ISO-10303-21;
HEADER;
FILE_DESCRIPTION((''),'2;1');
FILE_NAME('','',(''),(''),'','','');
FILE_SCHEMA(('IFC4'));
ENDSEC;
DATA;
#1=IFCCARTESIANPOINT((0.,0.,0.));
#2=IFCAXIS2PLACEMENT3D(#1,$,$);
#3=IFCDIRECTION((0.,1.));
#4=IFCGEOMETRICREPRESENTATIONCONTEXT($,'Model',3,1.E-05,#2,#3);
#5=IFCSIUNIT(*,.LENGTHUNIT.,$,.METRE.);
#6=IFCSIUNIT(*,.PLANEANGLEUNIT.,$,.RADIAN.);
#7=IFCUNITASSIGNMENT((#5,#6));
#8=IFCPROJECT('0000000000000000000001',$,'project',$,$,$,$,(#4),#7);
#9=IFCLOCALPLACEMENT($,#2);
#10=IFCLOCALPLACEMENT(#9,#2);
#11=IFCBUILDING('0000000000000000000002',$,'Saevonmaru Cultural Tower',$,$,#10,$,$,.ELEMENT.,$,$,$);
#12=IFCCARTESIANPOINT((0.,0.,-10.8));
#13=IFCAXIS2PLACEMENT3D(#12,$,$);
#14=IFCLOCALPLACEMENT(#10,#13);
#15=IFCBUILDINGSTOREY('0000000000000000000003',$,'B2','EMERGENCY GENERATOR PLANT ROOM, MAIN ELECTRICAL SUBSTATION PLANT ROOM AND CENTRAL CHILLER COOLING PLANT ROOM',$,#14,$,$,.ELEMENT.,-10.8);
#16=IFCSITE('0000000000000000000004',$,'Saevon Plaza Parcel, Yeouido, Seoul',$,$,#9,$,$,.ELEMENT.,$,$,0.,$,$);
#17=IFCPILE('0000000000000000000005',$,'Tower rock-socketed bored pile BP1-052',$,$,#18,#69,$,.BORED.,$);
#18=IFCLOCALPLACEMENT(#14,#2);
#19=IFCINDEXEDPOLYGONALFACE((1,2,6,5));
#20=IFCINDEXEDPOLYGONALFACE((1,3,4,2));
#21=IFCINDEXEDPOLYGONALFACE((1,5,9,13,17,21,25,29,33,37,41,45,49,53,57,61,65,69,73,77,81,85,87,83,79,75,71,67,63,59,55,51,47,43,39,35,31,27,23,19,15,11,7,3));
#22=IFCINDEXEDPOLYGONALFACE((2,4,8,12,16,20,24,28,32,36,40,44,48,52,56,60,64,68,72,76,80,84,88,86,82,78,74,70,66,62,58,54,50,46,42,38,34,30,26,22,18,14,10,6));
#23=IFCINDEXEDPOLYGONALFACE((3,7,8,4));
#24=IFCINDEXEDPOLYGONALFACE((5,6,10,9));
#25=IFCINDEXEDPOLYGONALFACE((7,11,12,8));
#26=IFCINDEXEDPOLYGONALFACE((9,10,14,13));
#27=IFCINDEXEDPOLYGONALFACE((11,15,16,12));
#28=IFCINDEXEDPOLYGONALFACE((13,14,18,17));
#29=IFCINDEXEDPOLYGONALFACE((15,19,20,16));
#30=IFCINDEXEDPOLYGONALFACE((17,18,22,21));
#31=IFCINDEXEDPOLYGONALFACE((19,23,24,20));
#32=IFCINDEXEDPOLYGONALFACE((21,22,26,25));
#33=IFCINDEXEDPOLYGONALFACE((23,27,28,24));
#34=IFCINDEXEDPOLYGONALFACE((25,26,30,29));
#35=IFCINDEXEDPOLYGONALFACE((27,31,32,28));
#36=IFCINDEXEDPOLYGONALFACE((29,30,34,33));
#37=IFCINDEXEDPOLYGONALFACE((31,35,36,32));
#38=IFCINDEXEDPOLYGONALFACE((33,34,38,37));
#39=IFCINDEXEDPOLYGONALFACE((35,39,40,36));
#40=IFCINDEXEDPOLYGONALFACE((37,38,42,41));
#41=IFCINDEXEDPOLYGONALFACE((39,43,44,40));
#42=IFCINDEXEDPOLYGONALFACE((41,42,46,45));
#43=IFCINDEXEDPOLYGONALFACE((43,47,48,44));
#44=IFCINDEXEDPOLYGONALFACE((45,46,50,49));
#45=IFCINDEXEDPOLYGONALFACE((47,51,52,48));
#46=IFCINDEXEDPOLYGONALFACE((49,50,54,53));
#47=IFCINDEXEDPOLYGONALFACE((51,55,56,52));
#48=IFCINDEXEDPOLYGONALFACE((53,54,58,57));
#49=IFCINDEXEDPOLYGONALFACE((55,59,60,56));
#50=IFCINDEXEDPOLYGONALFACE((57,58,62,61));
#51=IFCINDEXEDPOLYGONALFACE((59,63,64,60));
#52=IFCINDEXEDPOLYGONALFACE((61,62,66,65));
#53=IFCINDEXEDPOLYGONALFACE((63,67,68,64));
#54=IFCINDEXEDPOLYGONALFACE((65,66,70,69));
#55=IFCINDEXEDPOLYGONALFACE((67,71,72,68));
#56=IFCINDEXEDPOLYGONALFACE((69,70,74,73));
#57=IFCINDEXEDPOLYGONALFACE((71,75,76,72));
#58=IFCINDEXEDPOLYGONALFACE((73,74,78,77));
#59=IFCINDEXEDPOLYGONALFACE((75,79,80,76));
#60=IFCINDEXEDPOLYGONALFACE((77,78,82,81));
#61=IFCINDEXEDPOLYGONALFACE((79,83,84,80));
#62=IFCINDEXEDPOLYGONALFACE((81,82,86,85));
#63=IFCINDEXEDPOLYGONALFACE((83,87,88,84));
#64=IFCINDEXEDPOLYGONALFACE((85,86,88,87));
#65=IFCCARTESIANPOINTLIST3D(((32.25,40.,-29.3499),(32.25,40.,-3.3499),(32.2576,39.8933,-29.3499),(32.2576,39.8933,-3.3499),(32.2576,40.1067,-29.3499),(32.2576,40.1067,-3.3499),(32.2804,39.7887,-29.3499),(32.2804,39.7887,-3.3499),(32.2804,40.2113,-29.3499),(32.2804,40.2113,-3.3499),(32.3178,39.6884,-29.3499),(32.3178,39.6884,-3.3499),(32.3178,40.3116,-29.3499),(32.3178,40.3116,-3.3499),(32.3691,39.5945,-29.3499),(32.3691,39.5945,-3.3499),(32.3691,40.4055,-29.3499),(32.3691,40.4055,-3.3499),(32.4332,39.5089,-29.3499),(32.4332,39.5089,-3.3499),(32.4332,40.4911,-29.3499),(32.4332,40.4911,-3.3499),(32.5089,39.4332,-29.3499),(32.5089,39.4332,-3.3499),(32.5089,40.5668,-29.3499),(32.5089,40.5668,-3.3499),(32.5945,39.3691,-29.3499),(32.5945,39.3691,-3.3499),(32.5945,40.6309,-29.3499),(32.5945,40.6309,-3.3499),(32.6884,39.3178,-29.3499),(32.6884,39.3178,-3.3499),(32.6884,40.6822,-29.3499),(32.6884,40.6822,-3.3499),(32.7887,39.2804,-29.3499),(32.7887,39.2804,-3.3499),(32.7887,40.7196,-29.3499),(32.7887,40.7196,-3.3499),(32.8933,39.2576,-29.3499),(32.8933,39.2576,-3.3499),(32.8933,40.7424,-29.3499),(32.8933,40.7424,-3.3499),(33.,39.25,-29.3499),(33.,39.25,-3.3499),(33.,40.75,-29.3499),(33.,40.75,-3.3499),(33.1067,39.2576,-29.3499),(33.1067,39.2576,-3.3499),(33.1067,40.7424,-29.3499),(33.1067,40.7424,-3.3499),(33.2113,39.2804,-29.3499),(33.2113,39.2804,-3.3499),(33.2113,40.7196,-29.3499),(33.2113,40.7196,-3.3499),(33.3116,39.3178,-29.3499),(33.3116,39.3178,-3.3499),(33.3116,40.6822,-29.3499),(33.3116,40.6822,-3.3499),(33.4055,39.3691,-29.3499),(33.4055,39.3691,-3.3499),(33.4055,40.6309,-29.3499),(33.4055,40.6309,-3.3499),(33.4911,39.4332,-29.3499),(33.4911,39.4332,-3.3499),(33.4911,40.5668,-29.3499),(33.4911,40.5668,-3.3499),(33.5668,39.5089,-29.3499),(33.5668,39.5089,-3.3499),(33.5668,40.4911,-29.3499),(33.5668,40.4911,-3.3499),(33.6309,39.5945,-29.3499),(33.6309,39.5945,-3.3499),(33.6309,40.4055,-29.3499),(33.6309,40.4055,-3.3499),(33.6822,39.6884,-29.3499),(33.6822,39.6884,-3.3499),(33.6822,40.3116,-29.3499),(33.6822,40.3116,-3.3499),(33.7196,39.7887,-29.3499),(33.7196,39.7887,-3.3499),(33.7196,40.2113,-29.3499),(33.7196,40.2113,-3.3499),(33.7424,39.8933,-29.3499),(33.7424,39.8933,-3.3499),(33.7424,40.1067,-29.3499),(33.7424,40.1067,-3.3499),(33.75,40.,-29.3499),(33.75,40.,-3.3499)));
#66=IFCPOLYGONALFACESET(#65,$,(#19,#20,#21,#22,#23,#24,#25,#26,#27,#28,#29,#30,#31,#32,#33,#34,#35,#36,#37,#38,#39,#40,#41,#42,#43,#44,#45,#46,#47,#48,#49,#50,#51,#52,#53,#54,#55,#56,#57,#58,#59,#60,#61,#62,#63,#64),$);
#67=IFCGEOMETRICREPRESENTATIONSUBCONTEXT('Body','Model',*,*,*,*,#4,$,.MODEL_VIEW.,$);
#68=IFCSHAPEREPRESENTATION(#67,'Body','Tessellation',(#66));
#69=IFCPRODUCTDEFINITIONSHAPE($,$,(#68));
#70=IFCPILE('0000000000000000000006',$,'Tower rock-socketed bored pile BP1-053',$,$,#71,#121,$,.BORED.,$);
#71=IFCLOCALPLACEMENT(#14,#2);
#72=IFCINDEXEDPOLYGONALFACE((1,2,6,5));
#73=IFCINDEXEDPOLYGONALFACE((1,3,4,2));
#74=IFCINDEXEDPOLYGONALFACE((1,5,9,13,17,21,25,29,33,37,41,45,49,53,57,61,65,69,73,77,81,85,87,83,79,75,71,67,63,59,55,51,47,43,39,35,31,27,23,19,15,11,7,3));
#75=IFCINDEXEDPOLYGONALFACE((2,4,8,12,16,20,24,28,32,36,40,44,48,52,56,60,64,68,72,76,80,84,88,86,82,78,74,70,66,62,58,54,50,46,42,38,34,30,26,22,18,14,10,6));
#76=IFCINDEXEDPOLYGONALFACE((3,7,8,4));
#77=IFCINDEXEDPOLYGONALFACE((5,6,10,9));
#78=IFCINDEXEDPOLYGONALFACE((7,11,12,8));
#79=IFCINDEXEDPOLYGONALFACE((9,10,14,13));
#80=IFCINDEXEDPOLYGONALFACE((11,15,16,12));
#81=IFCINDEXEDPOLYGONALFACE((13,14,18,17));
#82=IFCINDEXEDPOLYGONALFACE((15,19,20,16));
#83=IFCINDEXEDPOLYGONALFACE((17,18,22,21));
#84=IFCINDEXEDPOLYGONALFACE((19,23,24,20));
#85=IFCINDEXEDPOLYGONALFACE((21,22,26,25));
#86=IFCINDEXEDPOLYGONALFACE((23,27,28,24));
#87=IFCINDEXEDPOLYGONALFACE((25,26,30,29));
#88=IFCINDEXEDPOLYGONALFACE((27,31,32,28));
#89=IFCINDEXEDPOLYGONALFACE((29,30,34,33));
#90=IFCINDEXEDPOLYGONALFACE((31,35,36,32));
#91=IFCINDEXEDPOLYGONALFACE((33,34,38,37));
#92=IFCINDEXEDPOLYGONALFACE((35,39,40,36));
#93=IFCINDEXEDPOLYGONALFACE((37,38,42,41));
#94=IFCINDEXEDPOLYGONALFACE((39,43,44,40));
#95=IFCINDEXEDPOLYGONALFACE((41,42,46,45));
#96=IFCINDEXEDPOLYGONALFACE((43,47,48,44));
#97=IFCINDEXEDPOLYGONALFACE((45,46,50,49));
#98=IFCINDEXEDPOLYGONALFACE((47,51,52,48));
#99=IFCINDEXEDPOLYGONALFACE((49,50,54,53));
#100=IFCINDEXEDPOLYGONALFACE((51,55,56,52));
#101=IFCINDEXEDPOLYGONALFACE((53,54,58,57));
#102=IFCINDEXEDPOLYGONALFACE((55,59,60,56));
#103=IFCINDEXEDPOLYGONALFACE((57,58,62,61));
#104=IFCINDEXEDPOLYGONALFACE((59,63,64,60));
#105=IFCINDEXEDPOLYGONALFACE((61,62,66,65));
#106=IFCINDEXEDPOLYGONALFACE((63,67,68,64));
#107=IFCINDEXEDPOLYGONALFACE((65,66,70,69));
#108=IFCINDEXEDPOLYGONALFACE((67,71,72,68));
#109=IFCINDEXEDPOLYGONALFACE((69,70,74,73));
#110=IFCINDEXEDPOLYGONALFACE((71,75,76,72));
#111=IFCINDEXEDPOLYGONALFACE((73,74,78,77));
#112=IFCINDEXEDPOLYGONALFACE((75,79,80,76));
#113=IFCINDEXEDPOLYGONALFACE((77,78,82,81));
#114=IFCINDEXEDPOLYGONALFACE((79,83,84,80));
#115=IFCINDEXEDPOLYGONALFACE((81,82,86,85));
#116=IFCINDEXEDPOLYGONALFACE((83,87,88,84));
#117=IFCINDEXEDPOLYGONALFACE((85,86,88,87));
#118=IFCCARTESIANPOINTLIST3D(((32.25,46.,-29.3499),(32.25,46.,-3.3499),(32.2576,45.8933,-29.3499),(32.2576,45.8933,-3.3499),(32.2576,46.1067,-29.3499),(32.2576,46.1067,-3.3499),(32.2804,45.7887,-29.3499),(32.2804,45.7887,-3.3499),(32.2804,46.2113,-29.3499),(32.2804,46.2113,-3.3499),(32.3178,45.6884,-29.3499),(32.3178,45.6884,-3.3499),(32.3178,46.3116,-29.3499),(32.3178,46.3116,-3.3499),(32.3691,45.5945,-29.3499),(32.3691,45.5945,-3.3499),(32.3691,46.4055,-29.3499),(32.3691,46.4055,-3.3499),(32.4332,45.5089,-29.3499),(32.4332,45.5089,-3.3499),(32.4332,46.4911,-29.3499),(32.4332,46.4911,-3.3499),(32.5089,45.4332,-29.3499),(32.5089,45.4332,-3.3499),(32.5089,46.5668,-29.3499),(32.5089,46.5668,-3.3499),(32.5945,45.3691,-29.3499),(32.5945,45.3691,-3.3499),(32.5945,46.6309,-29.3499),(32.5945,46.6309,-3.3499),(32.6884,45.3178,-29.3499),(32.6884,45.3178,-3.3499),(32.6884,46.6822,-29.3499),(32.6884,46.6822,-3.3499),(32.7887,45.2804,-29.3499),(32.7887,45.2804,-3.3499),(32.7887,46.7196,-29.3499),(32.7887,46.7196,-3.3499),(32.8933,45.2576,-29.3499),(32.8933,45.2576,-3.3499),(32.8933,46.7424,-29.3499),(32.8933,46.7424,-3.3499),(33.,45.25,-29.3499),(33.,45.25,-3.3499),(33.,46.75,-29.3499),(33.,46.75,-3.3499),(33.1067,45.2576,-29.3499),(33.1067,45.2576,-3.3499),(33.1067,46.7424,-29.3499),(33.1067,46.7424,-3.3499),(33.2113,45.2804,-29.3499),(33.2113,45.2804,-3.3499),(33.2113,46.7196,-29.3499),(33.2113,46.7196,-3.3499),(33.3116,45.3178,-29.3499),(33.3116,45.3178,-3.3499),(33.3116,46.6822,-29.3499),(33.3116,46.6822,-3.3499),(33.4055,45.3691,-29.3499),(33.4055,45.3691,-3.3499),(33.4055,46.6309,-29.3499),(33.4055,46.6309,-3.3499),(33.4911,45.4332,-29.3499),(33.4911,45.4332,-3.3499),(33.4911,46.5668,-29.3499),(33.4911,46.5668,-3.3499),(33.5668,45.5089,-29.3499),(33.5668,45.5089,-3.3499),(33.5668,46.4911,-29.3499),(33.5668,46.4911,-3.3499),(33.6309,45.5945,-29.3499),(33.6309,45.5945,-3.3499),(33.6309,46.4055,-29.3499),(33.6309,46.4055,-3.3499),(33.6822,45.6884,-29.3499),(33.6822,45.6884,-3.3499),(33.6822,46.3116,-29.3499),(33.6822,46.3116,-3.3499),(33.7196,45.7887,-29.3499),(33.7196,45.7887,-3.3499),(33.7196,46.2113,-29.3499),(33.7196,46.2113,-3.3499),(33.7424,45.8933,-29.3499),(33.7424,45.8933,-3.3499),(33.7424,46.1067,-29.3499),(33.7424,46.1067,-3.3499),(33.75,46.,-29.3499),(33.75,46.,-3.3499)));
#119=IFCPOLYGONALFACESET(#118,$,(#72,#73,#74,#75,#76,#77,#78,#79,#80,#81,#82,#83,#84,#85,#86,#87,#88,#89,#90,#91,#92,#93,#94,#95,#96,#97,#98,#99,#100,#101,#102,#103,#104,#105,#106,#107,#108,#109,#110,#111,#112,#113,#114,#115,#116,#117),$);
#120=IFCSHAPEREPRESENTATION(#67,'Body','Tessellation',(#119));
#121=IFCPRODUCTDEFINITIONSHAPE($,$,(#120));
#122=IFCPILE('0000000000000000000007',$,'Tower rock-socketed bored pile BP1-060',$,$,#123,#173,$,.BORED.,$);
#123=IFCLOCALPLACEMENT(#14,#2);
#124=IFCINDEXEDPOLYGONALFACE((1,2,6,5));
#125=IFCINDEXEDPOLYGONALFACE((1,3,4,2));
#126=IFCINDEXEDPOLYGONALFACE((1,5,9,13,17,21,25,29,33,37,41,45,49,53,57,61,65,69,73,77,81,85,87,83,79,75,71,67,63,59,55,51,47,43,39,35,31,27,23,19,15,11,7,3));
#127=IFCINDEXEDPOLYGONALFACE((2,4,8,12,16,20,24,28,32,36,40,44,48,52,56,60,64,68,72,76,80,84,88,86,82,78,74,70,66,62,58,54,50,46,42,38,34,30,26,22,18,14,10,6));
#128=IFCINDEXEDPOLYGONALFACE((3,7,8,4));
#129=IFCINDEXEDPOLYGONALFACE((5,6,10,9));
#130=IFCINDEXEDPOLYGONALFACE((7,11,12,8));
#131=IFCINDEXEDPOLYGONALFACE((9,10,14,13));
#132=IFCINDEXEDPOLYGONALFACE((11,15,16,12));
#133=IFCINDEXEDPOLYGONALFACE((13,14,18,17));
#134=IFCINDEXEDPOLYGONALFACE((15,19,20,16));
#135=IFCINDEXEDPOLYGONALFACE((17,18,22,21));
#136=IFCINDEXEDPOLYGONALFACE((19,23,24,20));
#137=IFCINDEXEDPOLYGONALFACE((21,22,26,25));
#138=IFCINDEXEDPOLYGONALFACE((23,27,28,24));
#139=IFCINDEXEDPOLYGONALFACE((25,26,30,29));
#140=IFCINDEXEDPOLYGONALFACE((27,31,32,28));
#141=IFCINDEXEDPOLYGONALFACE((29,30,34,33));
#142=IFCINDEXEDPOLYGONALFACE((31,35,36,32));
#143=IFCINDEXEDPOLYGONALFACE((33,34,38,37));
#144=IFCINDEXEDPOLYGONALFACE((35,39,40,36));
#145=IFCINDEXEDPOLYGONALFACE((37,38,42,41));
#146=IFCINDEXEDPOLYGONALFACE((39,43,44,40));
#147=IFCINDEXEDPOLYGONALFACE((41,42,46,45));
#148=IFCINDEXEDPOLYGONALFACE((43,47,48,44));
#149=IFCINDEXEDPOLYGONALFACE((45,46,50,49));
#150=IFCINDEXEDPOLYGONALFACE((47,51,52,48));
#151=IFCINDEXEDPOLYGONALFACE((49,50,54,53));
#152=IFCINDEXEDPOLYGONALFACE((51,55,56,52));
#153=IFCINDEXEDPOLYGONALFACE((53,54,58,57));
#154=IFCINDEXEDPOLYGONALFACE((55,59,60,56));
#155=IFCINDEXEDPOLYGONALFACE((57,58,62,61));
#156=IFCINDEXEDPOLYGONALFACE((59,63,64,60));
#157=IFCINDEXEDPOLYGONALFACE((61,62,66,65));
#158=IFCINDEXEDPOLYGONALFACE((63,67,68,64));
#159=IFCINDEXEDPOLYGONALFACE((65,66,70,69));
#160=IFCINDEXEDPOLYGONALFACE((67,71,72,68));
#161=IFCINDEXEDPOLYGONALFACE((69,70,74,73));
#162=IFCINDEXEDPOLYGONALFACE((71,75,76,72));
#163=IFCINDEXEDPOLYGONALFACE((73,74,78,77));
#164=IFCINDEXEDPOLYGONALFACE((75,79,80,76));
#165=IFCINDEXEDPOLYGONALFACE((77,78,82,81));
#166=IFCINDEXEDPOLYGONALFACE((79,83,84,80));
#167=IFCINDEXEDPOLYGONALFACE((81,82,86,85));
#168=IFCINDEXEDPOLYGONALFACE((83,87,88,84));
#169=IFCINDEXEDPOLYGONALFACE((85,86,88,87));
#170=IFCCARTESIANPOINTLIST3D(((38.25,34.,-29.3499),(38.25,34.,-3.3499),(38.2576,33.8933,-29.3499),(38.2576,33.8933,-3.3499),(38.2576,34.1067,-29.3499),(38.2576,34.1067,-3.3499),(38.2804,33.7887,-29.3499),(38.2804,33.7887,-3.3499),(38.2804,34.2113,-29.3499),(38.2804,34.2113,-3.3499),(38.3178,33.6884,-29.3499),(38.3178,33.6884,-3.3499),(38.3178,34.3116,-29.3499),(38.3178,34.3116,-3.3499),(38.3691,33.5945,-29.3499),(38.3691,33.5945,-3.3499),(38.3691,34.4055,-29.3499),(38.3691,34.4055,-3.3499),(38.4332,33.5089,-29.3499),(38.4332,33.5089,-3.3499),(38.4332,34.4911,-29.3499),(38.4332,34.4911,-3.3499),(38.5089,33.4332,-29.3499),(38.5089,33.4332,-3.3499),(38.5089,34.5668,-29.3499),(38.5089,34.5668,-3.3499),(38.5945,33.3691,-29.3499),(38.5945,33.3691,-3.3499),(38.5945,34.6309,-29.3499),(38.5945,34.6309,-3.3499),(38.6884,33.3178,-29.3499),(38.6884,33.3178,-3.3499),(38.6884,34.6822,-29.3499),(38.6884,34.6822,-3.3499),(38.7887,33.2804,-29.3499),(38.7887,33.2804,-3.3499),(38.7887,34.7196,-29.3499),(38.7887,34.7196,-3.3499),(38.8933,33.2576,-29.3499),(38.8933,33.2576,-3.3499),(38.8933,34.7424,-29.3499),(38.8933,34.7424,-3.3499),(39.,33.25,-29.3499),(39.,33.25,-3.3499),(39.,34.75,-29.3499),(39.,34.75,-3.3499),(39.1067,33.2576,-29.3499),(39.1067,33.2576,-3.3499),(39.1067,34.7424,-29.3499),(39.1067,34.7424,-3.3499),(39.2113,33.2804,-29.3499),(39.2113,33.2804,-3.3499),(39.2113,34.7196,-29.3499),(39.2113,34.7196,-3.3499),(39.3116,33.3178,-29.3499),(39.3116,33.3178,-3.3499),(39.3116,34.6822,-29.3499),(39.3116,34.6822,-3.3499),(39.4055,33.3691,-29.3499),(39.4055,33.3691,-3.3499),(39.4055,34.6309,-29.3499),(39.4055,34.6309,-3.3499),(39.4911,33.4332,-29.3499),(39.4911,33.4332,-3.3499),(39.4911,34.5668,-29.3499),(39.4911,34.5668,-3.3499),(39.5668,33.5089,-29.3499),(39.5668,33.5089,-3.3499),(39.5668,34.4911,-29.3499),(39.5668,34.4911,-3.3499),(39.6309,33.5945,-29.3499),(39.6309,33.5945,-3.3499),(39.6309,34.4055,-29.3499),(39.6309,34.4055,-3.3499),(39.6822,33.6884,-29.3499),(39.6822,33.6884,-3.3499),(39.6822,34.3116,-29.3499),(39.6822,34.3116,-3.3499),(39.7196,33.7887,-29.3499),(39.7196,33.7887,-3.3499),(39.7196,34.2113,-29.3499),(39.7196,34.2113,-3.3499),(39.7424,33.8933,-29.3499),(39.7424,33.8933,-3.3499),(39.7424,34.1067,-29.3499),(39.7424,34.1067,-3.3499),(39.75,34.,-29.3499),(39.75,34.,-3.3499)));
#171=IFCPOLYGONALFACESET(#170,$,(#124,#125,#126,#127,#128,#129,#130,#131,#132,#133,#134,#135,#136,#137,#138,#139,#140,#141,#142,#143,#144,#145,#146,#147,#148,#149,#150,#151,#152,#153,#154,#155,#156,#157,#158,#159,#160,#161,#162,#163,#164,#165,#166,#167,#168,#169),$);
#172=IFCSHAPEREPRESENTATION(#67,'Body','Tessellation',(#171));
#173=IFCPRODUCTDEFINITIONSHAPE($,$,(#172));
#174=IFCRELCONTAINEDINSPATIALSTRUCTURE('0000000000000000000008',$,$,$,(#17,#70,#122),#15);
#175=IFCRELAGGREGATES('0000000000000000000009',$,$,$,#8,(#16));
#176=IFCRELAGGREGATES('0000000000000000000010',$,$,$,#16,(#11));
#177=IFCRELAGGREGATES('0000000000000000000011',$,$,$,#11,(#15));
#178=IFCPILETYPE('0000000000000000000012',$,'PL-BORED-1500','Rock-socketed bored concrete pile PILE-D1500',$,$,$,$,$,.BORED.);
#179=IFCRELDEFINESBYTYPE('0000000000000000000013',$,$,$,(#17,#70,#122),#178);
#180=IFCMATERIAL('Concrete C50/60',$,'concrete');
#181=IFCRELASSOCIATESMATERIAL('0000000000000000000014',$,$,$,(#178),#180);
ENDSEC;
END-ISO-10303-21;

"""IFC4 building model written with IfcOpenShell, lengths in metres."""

from ifc_helpers import new_model, si_unit, direction, frame, origin, origin_2d, place, context, subcontext, project, spatial, circle, extrude, material, material_profile, profile_set, type_object, element, save


model = new_model("IFC4")

# Units and contexts
model_context = context("Model", 3, precision=1e-05, world=origin(), true_north=direction((0.0, 1.0)))
body_context = subcontext(model_context, "Body", "Model", "MODEL_VIEW")
ifc_project = project(units=[si_unit("LENGTHUNIT", "METRE"), si_unit("PLANEANGLEUNIT", "RADIAN")], contexts=[model_context])

# Site, building, storey
site_placement = place(None, origin())
site = spatial("IfcSite", under=ifc_project, at=site_placement, Name="Saevon Plaza Parcel, Yeouido, Seoul", CompositionType="ELEMENT", RefElevation=0.0)
building_placement = place(site_placement, origin())
building = spatial("IfcBuilding", under=site, at=building_placement, Name="Saevonmaru Cultural Tower", CompositionType="ELEMENT")
storey_placement = place(building_placement, frame((0.0, 0.0, -10.8)))
storey = spatial("IfcBuildingStorey", under=building, at=storey_placement, Name="B2", Description="EMERGENCY GENERATOR PLANT ROOM, MAIN ELECTRICAL SUBSTATION PLANT ROOM AND CENTRAL CHILLER COOLING PLANT ROOM", CompositionType="ELEMENT", Elevation=-10.8)

# Piles
ifc_material_1 = material(Name="Concrete C50/60", Category="concrete")
ifc_material_profile_1 = material_profile(ifc_material_1, circle(Radius=0.75, at=origin_2d()), Name="PILE-D1500")
ifc_profile_set_1 = profile_set([ifc_material_profile_1], Name="Concrete C50/60")
pile_type = type_object("IfcPileType", Name="PL-BORED-1500", Description="Rock-socketed bored concrete pile PILE-D1500", PredefinedType="BORED", material=ifc_profile_set_1)
for number, where, z_axis, x_axis, name in (
    (1, (33.0, 40.0, -3.3499), (0.0, 0.0, -1.0), (1.0, 0.0, 0.0), "Tower rock-socketed bored pile BP1-052"),
    (2, (33.0, 46.0, -3.3499), (0.0, 0.0, -1.0), (1.0, 0.0, 0.0), "Tower rock-socketed bored pile BP1-053"),
    (3, (39.0, 34.0, -3.3499), (0.0, 0.0, -1.0), (1.0, 0.0, 0.0), "Tower rock-socketed bored pile BP1-060"),
):
    element("IfcPile", number, at=place(storey_placement, frame(where, z_axis=z_axis, x_axis=x_axis)), inside=storey, type_object=pile_type, Name=name, PredefinedType="BORED", context=body_context, shape_type="SweptSolid", body=[
        extrude(circle(Radius=0.75, at=origin_2d()), origin(), (0.0, 0.0, 1.0), 26.0),
    ])

save(model, "model.ifc")
